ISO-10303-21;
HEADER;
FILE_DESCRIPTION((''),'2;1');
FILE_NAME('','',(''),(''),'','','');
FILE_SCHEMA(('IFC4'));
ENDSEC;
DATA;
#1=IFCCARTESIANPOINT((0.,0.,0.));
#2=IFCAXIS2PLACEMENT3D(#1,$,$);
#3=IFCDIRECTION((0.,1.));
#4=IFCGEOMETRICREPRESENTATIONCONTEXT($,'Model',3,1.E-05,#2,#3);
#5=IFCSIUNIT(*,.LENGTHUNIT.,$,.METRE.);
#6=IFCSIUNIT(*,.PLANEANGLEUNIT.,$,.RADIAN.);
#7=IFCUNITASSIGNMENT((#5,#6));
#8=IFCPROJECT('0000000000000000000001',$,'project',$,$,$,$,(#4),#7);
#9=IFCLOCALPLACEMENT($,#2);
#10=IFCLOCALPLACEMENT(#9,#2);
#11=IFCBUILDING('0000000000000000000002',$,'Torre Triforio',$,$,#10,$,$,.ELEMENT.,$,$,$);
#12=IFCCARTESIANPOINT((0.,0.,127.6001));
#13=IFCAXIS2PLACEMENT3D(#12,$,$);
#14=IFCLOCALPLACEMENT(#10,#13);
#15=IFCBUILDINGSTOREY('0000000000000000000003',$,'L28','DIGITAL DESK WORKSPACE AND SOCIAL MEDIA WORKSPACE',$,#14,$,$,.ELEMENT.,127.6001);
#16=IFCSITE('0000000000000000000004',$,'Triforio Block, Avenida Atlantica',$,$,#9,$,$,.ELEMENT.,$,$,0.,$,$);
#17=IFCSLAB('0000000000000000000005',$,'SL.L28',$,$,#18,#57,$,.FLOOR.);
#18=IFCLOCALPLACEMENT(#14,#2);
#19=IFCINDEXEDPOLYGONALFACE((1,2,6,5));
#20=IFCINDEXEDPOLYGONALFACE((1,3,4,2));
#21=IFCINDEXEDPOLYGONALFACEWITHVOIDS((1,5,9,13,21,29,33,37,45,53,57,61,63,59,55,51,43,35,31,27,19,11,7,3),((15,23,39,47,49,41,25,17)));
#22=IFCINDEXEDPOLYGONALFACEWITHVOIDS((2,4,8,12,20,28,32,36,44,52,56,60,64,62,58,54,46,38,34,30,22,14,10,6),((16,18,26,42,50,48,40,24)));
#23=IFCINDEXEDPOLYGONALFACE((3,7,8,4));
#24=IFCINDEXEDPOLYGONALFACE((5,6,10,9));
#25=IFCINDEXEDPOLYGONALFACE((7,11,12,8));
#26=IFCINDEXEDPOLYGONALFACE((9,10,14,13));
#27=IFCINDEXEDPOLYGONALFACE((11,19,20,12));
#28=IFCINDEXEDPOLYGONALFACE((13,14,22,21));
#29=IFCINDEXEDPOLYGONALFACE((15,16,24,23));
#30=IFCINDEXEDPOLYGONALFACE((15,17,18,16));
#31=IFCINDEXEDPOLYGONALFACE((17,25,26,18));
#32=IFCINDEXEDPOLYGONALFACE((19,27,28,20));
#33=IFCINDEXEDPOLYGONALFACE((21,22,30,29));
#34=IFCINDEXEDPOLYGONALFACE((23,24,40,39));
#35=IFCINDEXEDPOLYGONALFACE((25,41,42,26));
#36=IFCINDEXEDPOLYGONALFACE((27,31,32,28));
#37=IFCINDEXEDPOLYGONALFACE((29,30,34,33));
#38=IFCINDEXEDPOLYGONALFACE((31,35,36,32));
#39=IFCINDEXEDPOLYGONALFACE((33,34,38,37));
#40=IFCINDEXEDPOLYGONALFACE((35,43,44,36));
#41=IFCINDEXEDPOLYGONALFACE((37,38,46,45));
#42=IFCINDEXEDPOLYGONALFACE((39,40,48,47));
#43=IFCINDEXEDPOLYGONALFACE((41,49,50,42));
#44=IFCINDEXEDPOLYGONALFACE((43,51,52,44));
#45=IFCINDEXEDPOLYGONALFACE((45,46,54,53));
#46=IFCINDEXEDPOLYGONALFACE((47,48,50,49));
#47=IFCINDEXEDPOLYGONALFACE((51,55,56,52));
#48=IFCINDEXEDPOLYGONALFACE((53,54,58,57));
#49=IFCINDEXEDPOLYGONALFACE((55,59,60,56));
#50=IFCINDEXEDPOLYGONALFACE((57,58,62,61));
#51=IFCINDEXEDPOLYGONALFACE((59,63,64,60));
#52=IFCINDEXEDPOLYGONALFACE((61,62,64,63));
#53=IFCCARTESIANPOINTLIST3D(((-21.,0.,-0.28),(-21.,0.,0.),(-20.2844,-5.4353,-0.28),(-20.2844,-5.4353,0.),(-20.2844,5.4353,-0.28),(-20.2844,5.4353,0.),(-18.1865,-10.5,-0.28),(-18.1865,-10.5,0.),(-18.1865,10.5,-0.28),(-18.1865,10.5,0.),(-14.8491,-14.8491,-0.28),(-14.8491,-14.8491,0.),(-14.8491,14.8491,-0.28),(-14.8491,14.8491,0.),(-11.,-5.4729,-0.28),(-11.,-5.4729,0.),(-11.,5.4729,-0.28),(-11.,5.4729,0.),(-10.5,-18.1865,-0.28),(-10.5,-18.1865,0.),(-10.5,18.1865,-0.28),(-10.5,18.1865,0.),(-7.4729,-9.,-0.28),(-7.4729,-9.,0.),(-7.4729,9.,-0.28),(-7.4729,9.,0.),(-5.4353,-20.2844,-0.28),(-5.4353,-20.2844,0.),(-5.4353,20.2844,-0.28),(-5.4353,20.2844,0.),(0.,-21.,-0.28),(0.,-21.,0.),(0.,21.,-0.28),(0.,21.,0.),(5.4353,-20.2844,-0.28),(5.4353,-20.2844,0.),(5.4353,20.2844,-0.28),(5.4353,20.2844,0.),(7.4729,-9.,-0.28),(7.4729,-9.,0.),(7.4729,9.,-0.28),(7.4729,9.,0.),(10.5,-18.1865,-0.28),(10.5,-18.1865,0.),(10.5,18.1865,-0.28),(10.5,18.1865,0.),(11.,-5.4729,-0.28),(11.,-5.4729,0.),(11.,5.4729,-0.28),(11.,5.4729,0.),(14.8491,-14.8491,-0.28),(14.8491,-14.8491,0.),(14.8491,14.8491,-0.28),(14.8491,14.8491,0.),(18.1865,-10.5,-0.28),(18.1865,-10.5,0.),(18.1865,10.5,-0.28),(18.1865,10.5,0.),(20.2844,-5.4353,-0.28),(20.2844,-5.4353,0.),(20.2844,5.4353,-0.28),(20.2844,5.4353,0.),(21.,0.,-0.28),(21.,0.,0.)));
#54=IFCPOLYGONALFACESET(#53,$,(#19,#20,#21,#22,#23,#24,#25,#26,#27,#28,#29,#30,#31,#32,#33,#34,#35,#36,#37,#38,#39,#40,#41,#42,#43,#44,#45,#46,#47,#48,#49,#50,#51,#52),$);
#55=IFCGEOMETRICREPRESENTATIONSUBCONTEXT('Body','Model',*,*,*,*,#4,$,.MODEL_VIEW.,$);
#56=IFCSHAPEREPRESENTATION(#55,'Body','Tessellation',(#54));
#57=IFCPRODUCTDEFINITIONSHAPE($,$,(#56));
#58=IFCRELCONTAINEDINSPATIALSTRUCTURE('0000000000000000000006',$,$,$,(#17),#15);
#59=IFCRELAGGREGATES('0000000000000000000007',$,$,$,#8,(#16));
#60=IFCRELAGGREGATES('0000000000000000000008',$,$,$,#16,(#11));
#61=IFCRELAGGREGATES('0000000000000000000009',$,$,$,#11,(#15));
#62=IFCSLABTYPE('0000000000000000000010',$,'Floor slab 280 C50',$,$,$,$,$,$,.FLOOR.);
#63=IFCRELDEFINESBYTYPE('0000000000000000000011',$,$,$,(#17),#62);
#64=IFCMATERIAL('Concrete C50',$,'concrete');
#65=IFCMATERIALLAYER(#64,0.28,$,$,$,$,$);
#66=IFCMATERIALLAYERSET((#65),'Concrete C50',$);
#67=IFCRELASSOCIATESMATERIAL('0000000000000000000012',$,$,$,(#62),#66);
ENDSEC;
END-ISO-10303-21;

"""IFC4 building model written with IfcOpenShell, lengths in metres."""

from ifc_helpers import new_model, si_unit, direction, frame, origin, place, context, subcontext, project, spatial, polyline, outline, extrude, material, layer, layer_set, type_object, element, save


model = new_model("IFC4")

# Units and contexts
model_context = context("Model", 3, precision=1e-05, world=origin(), true_north=direction((0.0, 1.0)))
body_context = subcontext(model_context, "Body", "Model", "MODEL_VIEW")
ifc_project = project(units=[si_unit("LENGTHUNIT", "METRE"), si_unit("PLANEANGLEUNIT", "RADIAN")], contexts=[model_context])

# Site, building, storey
site_placement = place(None, origin())
site = spatial("IfcSite", under=ifc_project, at=site_placement, Name="Triforio Block, Avenida Atlantica", CompositionType="ELEMENT", RefElevation=0.0)
building_placement = place(site_placement, origin())
building = spatial("IfcBuilding", under=site, at=building_placement, Name="Torre Triforio", CompositionType="ELEMENT")
storey_placement = place(building_placement, frame((0.0, 0.0, 127.6001)))
storey = spatial("IfcBuildingStorey", under=building, at=storey_placement, Name="L28", Description="DIGITAL DESK WORKSPACE AND SOCIAL MEDIA WORKSPACE", CompositionType="ELEMENT", Elevation=127.6001)

# Slab
ifc_material_1 = material(Name="Concrete C50", Category="concrete")
ifc_layer_1 = layer(ifc_material_1, 0.28)
ifc_layer_set_1 = layer_set([ifc_layer_1], Name="Concrete C50")
slab_type_1 = type_object("IfcSlabType", Name="Floor slab 280 C50", PredefinedType="FLOOR", material=ifc_layer_set_1)
slab_1_placement = place(storey_placement, frame((0.0, 0.0, -0.28)))
element("IfcSlab", 1, at=slab_1_placement, inside=storey, type_object=slab_type_1, Name="SL.L28", PredefinedType="FLOOR", context=body_context, shape_type="SweptSolid", body=[
    extrude(outline(polyline([(18.1865, -10.5), (20.2844, -5.4353), (21.0, 0.0), (20.2844, 5.4353), (18.1865, 10.5), (14.8491, 14.8491), (10.5, 18.1865), (5.4353, 20.2844), (0.0, 21.0), (-5.4353, 20.2844), (-10.5, 18.1865), (-14.8491, 14.8491), (-18.1865, 10.5), (-20.2844, 5.4353), (-21.0, 0.0), (-20.2844, -5.4353), (-18.1865, -10.5), (-14.8491, -14.8491), (-10.5, -18.1865), (-5.4353, -20.2844), (0.0, -21.0), (5.4353, -20.2844), (10.5, -18.1865), (14.8491, -14.8491), (18.1865, -10.5)]), holes=[polyline([(11.0, 5.4729), (11.0, -5.4729), (7.4729, -9.0), (-7.4729, -9.0), (-11.0, -5.4729), (-11.0, 5.4729), (-7.4729, 9.0), (7.4729, 9.0), (11.0, 5.4729)])]), origin(), (0.0, 0.0, 1.0), 0.28),
])

save(model, "model.ifc")
